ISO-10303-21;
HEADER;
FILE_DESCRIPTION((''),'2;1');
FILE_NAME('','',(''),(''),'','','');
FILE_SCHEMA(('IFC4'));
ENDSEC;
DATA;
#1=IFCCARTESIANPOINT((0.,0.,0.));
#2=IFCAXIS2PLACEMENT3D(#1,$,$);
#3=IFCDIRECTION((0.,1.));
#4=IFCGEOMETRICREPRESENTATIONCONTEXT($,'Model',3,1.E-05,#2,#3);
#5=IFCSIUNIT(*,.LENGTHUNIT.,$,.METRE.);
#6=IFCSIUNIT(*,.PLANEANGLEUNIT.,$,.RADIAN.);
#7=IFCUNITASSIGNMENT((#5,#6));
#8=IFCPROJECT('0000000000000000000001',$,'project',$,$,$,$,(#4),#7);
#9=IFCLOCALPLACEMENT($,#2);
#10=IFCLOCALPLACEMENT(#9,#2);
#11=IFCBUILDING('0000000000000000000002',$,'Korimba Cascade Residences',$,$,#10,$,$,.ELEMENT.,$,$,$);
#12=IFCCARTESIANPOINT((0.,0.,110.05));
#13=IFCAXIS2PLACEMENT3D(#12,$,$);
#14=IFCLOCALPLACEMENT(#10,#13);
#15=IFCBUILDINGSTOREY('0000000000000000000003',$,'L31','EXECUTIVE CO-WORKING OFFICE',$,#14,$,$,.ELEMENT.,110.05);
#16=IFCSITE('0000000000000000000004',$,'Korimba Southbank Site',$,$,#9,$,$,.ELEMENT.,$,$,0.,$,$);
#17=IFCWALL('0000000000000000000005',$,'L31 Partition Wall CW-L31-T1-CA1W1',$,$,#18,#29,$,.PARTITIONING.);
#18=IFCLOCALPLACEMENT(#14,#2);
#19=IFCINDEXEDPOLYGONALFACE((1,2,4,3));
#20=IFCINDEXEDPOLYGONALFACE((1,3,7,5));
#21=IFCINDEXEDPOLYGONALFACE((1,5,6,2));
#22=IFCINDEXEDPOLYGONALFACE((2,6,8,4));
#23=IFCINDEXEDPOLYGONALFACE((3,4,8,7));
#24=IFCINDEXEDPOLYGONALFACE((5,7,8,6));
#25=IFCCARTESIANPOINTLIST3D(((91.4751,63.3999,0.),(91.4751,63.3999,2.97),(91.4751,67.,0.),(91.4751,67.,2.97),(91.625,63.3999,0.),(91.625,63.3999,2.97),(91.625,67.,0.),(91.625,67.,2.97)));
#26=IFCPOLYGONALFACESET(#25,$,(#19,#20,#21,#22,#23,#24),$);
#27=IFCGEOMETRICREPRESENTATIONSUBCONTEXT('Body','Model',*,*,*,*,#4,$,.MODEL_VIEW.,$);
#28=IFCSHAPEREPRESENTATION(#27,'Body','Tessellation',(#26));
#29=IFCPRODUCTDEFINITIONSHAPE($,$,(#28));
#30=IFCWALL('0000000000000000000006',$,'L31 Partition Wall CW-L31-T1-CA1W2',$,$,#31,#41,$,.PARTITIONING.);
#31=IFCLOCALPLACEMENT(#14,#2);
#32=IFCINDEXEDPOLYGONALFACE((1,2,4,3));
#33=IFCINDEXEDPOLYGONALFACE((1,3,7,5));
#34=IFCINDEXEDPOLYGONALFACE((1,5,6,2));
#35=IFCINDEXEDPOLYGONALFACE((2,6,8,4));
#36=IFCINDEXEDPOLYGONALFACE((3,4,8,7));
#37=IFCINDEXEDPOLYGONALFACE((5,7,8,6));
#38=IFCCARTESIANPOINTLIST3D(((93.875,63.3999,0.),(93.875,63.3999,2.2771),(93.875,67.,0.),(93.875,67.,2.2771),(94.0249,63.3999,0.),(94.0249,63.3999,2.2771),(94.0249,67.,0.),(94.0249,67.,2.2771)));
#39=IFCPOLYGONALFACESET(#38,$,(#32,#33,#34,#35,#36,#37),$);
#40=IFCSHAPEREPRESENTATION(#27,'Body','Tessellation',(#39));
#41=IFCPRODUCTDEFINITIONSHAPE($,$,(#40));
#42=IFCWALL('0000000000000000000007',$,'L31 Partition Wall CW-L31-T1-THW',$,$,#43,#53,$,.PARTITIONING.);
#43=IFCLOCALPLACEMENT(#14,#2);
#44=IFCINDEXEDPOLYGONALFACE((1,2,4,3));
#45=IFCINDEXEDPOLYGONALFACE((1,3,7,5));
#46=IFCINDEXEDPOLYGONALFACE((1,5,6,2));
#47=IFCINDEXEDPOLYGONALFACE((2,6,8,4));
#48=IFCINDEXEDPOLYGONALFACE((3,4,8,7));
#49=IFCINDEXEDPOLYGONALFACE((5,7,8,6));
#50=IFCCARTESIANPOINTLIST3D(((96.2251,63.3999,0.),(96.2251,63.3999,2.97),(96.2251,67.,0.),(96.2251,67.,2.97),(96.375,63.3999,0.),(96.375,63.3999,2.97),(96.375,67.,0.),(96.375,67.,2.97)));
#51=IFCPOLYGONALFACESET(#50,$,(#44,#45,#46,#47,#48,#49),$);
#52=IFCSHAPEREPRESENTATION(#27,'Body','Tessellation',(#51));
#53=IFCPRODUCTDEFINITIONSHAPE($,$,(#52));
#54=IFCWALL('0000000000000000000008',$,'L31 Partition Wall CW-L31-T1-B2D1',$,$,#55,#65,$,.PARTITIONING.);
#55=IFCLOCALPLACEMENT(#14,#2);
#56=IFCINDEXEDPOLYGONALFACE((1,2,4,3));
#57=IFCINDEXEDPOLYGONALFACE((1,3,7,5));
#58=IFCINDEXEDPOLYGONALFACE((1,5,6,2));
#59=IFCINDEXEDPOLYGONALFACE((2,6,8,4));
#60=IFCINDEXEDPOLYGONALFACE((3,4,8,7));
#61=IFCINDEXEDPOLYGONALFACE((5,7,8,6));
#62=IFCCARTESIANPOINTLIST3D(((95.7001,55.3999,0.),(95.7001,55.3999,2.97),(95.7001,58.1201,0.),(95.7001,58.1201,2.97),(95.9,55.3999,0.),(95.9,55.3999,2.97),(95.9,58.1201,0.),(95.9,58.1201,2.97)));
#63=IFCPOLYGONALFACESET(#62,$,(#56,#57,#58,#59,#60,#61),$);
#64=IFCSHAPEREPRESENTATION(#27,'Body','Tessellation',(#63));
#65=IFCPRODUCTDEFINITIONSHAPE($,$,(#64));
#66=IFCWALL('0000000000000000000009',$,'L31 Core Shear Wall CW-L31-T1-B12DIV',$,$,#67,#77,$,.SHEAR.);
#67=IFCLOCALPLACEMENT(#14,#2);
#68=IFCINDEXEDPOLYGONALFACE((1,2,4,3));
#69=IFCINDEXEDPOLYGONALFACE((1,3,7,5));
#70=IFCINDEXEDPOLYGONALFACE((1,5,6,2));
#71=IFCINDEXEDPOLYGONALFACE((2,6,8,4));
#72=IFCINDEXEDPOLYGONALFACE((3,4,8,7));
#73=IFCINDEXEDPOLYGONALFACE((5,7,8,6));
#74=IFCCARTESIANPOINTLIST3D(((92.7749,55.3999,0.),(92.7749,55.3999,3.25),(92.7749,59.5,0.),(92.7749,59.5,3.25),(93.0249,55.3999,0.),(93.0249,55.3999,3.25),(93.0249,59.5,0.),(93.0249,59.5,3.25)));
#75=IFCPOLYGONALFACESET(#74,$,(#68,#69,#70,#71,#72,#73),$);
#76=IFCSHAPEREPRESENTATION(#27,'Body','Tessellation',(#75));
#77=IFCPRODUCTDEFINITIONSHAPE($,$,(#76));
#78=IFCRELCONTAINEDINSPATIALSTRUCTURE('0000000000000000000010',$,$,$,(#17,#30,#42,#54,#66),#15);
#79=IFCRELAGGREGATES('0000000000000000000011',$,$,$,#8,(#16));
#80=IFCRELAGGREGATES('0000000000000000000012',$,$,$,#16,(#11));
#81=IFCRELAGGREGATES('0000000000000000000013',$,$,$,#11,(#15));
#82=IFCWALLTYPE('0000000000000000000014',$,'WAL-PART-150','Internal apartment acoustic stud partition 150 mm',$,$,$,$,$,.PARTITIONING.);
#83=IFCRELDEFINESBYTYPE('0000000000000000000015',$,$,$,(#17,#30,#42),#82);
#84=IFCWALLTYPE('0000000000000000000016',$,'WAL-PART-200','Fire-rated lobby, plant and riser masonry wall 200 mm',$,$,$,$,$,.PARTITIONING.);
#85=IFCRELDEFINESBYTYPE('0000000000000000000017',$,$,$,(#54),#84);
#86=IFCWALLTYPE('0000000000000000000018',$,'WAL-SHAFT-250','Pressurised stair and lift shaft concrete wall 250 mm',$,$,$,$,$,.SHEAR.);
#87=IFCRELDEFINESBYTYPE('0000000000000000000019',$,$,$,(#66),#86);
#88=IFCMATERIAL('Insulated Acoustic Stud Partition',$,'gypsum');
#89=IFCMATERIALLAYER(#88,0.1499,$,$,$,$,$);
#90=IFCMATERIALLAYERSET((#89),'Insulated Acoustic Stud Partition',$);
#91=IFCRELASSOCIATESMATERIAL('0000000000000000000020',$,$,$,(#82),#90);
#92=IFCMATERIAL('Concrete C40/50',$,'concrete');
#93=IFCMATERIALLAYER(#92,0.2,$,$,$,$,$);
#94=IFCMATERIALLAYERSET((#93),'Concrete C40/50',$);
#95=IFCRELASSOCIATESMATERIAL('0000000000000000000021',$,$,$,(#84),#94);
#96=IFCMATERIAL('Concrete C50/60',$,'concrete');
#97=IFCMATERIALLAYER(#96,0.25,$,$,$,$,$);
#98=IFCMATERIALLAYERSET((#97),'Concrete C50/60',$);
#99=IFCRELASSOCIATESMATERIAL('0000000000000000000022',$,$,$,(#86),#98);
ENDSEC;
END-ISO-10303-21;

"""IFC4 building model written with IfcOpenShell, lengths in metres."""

from ifc_helpers import new_model, si_unit, direction, frame, frame_2d, origin, place, context, subcontext, project, spatial, rectangle, extrude, material, layer, layer_set, type_object, element, save


model = new_model("IFC4")

# Units and contexts
model_context = context("Model", 3, precision=1e-05, world=origin(), true_north=direction((0.0, 1.0)))
body_context = subcontext(model_context, "Body", "Model", "MODEL_VIEW")
ifc_project = project(units=[si_unit("LENGTHUNIT", "METRE"), si_unit("PLANEANGLEUNIT", "RADIAN")], contexts=[model_context])

# Site, building, storey
site_placement = place(None, origin())
site = spatial("IfcSite", under=ifc_project, at=site_placement, Name="Korimba Southbank Site", CompositionType="ELEMENT", RefElevation=0.0)
building_placement = place(site_placement, origin())
building = spatial("IfcBuilding", under=site, at=building_placement, Name="Korimba Cascade Residences", CompositionType="ELEMENT")
storey_placement = place(building_placement, frame((0.0, 0.0, 110.05)))
storey = spatial("IfcBuildingStorey", under=building, at=storey_placement, Name="L31", Description="EXECUTIVE CO-WORKING OFFICE", CompositionType="ELEMENT", Elevation=110.05)

# Walls
ifc_material_1 = material(Name="Insulated Acoustic Stud Partition", Category="gypsum")
ifc_layer_1 = layer(ifc_material_1, 0.1499)
ifc_layer_set_1 = layer_set([ifc_layer_1], Name="Insulated Acoustic Stud Partition")
wall_type_1 = type_object("IfcWallType", Name="WAL-PART-150", Description="Internal apartment acoustic stud partition 150 mm", PredefinedType="PARTITIONING", material=ifc_layer_set_1)
for number, where, z_axis, x_axis, name in (
    (1, (91.55, 63.3999, 0.0), (0.0, 0.0, 1.0), (0.0, 1.0, 0.0), "L31 Partition Wall CW-L31-T1-CA1W1"),
):
    element("IfcWall", number, at=place(storey_placement, frame(where, z_axis=z_axis, x_axis=x_axis)), inside=storey, type_object=wall_type_1, Name=name, PredefinedType="PARTITIONING", context=body_context, shape_type="SweptSolid", body=[
        extrude(rectangle(XDim=3.6001, YDim=0.1499, at=frame_2d((1.8, 0.0))), origin(), (0.0, 0.0, 1.0), 2.97),
    ])
wall_1_placement = place(storey_placement, frame((93.95, 63.3999, 0.0), z_axis=(0.0, 0.0, 1.0), x_axis=(0.0, 1.0, 0.0)))
element("IfcWall", 2, at=wall_1_placement, inside=storey, type_object=wall_type_1, Name="L31 Partition Wall CW-L31-T1-CA1W2", PredefinedType="PARTITIONING", context=body_context, shape_type="SweptSolid", body=[
    extrude(rectangle(XDim=3.6001, YDim=0.1499, at=frame_2d((1.8, 0.0))), origin(), (0.0, 0.0, 1.0), 2.2771),
])
wall_2_placement = place(storey_placement, frame((96.3, 63.3999, 0.0), z_axis=(0.0, 0.0, 1.0), x_axis=(0.0, 1.0, 0.0)))
element("IfcWall", 3, at=wall_2_placement, inside=storey, type_object=wall_type_1, Name="L31 Partition Wall CW-L31-T1-THW", PredefinedType="PARTITIONING", context=body_context, shape_type="SweptSolid", body=[
    extrude(rectangle(XDim=3.6001, YDim=0.1499, at=frame_2d((1.8, 0.0))), origin(), (0.0, 0.0, 1.0), 2.97),
])
ifc_material_2 = material(Name="Concrete C40/50", Category="concrete")
ifc_layer_2 = layer(ifc_material_2, 0.2)
ifc_layer_set_2 = layer_set([ifc_layer_2], Name="Concrete C40/50")
wall_type_2 = type_object("IfcWallType", Name="WAL-PART-200", Description="Fire-rated lobby, plant and riser masonry wall 200 mm", PredefinedType="PARTITIONING", material=ifc_layer_set_2)
wall_3_placement = place(storey_placement, frame((95.8, 55.3999, 0.0), z_axis=(0.0, 0.0, 1.0), x_axis=(0.0, 1.0, 0.0)))
element("IfcWall", 4, at=wall_3_placement, inside=storey, type_object=wall_type_2, Name="L31 Partition Wall CW-L31-T1-B2D1", PredefinedType="PARTITIONING", context=body_context, shape_type="SweptSolid", body=[
    extrude(rectangle(XDim=2.7202, YDim=0.2, at=frame_2d((1.3601, 0.0))), origin(), (0.0, 0.0, 1.0), 2.97),
])
ifc_material_3 = material(Name="Concrete C50/60", Category="concrete")
ifc_layer_3 = layer(ifc_material_3, 0.25)
ifc_layer_set_3 = layer_set([ifc_layer_3], Name="Concrete C50/60")
wall_type_3 = type_object("IfcWallType", Name="WAL-SHAFT-250", Description="Pressurised stair and lift shaft concrete wall 250 mm", PredefinedType="SHEAR", material=ifc_layer_set_3)
wall_4_placement = place(storey_placement, frame((92.8999, 55.3999, 0.0), z_axis=(0.0, 0.0, 1.0), x_axis=(0.0, 1.0, 0.0)))
element("IfcWall", 5, at=wall_4_placement, inside=storey, type_object=wall_type_3, Name="L31 Core Shear Wall CW-L31-T1-B12DIV", PredefinedType="SHEAR", context=body_context, shape_type="SweptSolid", body=[
    extrude(rectangle(XDim=4.1001, YDim=0.25, at=frame_2d((2.05, 0.0))), origin(), (0.0, 0.0, 1.0), 3.25),
])

save(model, "model.ifc")
